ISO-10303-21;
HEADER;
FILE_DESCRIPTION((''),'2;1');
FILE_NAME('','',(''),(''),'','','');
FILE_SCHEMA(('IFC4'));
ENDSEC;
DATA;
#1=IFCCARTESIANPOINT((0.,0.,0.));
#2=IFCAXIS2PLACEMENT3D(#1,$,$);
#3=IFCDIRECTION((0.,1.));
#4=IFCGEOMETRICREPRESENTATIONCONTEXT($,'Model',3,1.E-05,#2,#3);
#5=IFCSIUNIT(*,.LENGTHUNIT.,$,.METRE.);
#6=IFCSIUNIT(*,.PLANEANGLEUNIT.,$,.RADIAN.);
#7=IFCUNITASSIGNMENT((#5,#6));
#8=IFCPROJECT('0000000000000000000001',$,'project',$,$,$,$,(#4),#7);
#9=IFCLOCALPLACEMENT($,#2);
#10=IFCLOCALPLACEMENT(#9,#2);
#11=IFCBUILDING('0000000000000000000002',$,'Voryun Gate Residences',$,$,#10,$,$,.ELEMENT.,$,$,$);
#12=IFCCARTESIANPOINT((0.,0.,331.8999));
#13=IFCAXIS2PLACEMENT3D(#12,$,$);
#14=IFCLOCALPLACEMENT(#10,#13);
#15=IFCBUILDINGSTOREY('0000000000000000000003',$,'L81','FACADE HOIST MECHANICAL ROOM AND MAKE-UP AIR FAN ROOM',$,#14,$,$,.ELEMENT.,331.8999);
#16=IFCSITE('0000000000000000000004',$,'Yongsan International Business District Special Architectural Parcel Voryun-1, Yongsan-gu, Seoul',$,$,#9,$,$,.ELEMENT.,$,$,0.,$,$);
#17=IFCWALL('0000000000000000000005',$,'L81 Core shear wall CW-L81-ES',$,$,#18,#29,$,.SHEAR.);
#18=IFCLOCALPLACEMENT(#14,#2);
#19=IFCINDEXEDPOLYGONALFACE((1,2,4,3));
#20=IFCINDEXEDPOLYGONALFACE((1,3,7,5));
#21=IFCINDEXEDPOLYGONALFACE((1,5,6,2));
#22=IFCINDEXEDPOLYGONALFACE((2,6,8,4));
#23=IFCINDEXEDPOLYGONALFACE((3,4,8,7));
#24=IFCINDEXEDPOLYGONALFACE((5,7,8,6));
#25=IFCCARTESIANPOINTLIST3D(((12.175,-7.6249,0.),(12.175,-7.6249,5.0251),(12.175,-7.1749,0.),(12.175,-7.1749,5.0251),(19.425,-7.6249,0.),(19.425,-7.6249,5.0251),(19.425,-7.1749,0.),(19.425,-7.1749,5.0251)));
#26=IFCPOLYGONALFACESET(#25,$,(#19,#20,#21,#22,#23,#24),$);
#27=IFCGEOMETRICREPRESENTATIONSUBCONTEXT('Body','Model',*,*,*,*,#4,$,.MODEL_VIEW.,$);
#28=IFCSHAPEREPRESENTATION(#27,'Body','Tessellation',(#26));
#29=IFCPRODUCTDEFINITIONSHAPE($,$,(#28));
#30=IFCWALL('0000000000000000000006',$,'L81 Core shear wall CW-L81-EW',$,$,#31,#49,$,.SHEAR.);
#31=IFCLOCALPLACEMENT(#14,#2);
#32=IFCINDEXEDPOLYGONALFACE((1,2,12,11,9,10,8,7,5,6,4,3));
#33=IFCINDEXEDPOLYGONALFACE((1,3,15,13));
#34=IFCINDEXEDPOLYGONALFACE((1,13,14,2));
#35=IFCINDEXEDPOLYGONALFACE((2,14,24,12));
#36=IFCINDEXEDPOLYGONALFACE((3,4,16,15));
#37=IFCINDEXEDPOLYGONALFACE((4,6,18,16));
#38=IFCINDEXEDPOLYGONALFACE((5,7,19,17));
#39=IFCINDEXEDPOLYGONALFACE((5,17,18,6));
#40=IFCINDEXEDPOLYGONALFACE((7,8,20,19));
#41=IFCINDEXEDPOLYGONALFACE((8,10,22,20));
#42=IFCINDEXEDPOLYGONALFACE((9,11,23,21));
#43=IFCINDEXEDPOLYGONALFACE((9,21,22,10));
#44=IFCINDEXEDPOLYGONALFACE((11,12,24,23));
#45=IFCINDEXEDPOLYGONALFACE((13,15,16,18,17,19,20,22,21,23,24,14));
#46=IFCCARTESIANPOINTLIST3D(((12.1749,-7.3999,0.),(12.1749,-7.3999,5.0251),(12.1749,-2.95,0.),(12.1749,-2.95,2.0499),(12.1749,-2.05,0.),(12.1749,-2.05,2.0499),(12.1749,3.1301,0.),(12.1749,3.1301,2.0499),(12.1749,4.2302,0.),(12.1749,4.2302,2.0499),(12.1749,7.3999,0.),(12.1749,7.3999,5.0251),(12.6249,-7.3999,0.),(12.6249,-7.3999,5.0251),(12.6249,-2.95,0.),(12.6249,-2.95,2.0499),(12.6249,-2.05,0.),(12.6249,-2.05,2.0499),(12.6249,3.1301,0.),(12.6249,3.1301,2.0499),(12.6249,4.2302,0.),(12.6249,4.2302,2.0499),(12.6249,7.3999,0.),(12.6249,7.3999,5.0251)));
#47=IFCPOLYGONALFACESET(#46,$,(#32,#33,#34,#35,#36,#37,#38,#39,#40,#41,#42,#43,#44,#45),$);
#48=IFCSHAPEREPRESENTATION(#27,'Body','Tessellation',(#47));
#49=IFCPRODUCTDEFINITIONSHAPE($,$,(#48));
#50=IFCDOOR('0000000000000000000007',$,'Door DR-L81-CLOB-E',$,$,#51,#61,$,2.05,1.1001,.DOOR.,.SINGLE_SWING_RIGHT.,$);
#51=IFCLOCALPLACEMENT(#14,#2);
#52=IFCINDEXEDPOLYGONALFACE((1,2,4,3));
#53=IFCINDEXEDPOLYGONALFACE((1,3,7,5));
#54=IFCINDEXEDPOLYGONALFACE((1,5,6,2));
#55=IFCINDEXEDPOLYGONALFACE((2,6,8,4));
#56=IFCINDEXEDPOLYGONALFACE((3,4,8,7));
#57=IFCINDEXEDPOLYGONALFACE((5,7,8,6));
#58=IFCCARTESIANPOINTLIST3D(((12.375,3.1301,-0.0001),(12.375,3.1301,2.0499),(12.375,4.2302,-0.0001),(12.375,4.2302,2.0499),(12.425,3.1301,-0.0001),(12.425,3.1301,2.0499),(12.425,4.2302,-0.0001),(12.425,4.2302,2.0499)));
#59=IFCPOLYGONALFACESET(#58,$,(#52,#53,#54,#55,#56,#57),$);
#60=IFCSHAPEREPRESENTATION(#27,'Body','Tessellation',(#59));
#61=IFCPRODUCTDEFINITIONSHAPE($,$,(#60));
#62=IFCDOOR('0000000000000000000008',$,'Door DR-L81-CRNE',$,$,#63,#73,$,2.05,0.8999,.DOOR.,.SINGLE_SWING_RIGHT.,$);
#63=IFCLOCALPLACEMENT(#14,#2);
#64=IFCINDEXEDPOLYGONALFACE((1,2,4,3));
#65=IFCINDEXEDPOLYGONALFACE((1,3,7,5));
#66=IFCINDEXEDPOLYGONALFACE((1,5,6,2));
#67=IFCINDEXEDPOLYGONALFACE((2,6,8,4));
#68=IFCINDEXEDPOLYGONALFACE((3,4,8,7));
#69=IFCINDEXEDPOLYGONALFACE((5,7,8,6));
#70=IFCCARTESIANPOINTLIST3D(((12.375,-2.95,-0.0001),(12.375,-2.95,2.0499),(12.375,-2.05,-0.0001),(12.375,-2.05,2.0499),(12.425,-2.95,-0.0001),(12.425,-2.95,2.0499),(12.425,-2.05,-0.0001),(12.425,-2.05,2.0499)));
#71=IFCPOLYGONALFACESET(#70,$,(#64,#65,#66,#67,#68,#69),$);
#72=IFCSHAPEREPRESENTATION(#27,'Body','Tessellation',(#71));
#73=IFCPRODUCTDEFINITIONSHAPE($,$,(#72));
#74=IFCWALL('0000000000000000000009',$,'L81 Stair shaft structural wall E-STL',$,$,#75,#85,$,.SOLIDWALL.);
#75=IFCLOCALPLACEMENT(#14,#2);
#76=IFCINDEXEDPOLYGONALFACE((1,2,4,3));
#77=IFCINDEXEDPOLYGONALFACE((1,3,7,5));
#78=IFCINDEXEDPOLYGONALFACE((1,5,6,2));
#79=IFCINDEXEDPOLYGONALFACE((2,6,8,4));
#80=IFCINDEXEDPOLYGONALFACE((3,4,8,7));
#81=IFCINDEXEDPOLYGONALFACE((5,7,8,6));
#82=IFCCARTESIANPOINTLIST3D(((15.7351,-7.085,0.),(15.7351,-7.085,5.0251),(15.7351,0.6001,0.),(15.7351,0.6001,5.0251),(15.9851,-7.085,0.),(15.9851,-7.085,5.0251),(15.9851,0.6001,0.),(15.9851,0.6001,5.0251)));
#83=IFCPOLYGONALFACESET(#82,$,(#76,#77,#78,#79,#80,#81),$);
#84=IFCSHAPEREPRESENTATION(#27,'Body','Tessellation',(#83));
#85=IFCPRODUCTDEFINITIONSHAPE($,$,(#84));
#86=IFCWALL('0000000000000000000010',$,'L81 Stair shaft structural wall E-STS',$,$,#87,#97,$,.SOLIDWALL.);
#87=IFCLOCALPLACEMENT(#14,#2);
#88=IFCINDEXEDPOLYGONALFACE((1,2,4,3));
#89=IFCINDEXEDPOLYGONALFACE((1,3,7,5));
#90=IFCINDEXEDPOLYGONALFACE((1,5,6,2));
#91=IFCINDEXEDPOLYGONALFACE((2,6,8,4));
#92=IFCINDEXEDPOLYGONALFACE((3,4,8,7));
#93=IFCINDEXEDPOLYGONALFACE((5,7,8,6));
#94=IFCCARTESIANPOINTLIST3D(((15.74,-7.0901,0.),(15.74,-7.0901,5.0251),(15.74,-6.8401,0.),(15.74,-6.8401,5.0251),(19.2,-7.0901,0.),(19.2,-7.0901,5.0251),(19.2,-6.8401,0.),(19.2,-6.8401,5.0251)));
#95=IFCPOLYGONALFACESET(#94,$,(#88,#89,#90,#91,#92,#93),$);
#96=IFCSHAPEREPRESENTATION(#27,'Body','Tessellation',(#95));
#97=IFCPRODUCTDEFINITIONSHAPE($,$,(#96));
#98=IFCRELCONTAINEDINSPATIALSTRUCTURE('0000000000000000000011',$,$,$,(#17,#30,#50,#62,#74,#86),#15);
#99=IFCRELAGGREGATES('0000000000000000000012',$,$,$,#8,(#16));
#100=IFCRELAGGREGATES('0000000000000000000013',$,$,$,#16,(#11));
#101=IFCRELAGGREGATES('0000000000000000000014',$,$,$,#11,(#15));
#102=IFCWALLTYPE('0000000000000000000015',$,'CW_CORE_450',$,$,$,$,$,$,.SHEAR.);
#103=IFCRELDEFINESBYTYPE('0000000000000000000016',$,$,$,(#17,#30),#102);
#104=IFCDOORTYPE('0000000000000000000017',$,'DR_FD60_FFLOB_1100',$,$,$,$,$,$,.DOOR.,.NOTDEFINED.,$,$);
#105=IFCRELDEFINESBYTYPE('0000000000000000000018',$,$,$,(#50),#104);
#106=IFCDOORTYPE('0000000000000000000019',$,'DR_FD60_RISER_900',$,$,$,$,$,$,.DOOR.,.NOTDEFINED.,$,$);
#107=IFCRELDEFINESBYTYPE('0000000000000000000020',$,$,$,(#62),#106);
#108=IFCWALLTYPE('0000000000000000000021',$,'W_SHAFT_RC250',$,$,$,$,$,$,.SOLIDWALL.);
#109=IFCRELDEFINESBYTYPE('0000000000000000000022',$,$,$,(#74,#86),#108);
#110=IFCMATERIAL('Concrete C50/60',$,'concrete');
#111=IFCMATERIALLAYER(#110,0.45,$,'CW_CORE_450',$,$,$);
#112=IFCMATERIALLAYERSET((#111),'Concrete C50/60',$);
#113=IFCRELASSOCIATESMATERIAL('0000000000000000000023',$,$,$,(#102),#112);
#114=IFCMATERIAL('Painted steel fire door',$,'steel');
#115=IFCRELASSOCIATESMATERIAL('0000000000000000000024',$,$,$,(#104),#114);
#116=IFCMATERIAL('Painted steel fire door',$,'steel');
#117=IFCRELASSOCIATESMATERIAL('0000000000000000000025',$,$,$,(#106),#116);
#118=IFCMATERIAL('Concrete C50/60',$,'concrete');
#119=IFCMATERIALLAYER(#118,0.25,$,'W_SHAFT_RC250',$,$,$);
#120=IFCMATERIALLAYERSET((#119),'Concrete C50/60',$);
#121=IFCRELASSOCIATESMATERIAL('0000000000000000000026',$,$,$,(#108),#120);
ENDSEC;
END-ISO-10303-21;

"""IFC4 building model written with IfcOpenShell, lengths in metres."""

from ifc_helpers import new_model, si_unit, direction, frame, frame_2d, origin, place, context, subcontext, project, spatial, rectangle, extrude, material, layer, layer_set, type_object, element, fill, save


model = new_model("IFC4")

# Units and contexts
model_context = context("Model", 3, precision=1e-05, world=origin(), true_north=direction((0.0, 1.0)))
body_context = subcontext(model_context, "Body", "Model", "MODEL_VIEW")
ifc_project = project(units=[si_unit("LENGTHUNIT", "METRE"), si_unit("PLANEANGLEUNIT", "RADIAN")], contexts=[model_context])

# Site, building, storey
site_placement = place(None, origin())
site = spatial("IfcSite", under=ifc_project, at=site_placement, Name="Yongsan International Business District Special Architectural Parcel Voryun-1, Yongsan-gu, Seoul", CompositionType="ELEMENT", RefElevation=0.0)
building_placement = place(site_placement, origin())
building = spatial("IfcBuilding", under=site, at=building_placement, Name="Voryun Gate Residences", CompositionType="ELEMENT")
storey_placement = place(building_placement, frame((0.0, 0.0, 331.8999)))
storey = spatial("IfcBuildingStorey", under=building, at=storey_placement, Name="L81", Description="FACADE HOIST MECHANICAL ROOM AND MAKE-UP AIR FAN ROOM", CompositionType="ELEMENT", Elevation=331.8999)

# Wall
ifc_material_1 = material(Name="Concrete C50/60", Category="concrete")
ifc_layer_1 = layer(ifc_material_1, 0.45, Name="CW_CORE_450")
ifc_layer_set_1 = layer_set([ifc_layer_1], Name="Concrete C50/60")
wall_type_1 = type_object("IfcWallType", Name="CW_CORE_450", PredefinedType="SHEAR", material=ifc_layer_set_1)
wall_1_placement = place(storey_placement, frame((12.175, -7.3999, 0.0), z_axis=(0.0, 0.0, 1.0), x_axis=(1.0, 0.0, 0.0)))
element("IfcWall", 1, at=wall_1_placement, inside=storey, type_object=wall_type_1, Name="L81 Core shear wall CW-L81-ES", PredefinedType="SHEAR", context=body_context, shape_type="SweptSolid", body=[
    extrude(rectangle(XDim=7.25, YDim=0.45, at=frame_2d((3.625, 0.0))), origin(), (0.0, 0.0, 1.0), 5.0251),
])

# Wall, openings, doors
wall_2_placement = place(storey_placement, frame((12.3999, -7.3999, 0.0), z_axis=(0.0, 0.0, 1.0), x_axis=(0.0, 1.0, 0.0)))
wall_2 = element("IfcWall", 2, at=wall_2_placement, inside=storey, type_object=wall_type_1, Name="L81 Core shear wall CW-L81-EW", PredefinedType="SHEAR", context=body_context, shape_type="SweptSolid", body=[
    extrude(rectangle(XDim=14.7998, YDim=0.45, at=frame_2d((7.3999, 0.0))), origin(), (0.0, 0.0, 1.0), 5.0251),
])
opening_1_placement = place(wall_2_placement, frame((10.53, 0.0, 0.0)))
opening_1 = element("IfcOpeningElement", 3, at=opening_1_placement, cuts=wall_2, PredefinedType="OPENING", context=body_context, shape_type="SweptSolid", body=[
    extrude(rectangle(XDim=1.1001, YDim=2.05, at=frame_2d((0.55, 1.0249))), frame((0.0, 0.2351, 0.0), z_axis=(0.0, -1.0, 0.0), x_axis=(1.0, 0.0, 0.0)), (0.0, 0.0, 1.0), 0.47),
])
opening_2_placement = place(wall_2_placement, frame((4.45, 0.0, 0.0)))
opening_2 = element("IfcOpeningElement", 4, at=opening_2_placement, cuts=wall_2, PredefinedType="OPENING", context=body_context, shape_type="SweptSolid", body=[
    extrude(rectangle(XDim=0.8999, YDim=2.05, at=frame_2d((0.45, 1.0249))), frame((0.0, 0.2351, 0.0), z_axis=(0.0, -1.0, 0.0), x_axis=(1.0, 0.0, 0.0)), (0.0, 0.0, 1.0), 0.47),
])
ifc_material_2 = material(Name="Painted steel fire door", Category="steel")
door_type_1 = type_object("IfcDoorType", Name="DR_FD60_FFLOB_1100", OperationType="NOTDEFINED", PredefinedType="DOOR", material=ifc_material_2)
door_1_placement = place(opening_1_placement, origin())
door_1 = element("IfcDoor", 5, at=door_1_placement, inside=storey, type_object=door_type_1, Name="Door DR-L81-CLOB-E", OperationType="SINGLE_SWING_RIGHT", OverallHeight=2.05, OverallWidth=1.1001, PredefinedType="DOOR", context=body_context, shape_type="SweptSolid", body=[
    extrude(rectangle(XDim=1.1001, YDim=2.05, at=frame_2d((0.55, 1.0249))), frame((0.0, 0.0249, 0.0), z_axis=(0.0, -1.0, 0.0), x_axis=(1.0, 0.0, 0.0)), (0.0, 0.0, 1.0), 0.05),
])
fill(opening_1, door_1)
ifc_material_3 = material(Name="Painted steel fire door", Category="steel")
door_type_2 = type_object("IfcDoorType", Name="DR_FD60_RISER_900", OperationType="NOTDEFINED", PredefinedType="DOOR", material=ifc_material_3)
door_2_placement = place(opening_2_placement, origin())
door_2 = element("IfcDoor", 6, at=door_2_placement, inside=storey, type_object=door_type_2, Name="Door DR-L81-CRNE", OperationType="SINGLE_SWING_RIGHT", OverallHeight=2.05, OverallWidth=0.8999, PredefinedType="DOOR", context=body_context, shape_type="SweptSolid", body=[
    extrude(rectangle(XDim=0.8999, YDim=2.05, at=frame_2d((0.45, 1.0249))), frame((0.0, 0.0249, 0.0), z_axis=(0.0, -1.0, 0.0), x_axis=(1.0, 0.0, 0.0)), (0.0, 0.0, 1.0), 0.05),
])
fill(opening_2, door_2)

# Walls
ifc_material_4 = material(Name="Concrete C50/60", Category="concrete")
ifc_layer_2 = layer(ifc_material_4, 0.25, Name="W_SHAFT_RC250")
ifc_layer_set_2 = layer_set([ifc_layer_2], Name="Concrete C50/60")
wall_type_2 = type_object("IfcWallType", Name="W_SHAFT_RC250", PredefinedType="SOLIDWALL", material=ifc_layer_set_2)
wall_3_placement = place(storey_placement, frame((15.8601, -7.085, 0.0), z_axis=(0.0, 0.0, 1.0), x_axis=(0.0, 1.0, 0.0)))
element("IfcWall", 7, at=wall_3_placement, inside=storey, type_object=wall_type_2, Name="L81 Stair shaft structural wall E-STL", PredefinedType="SOLIDWALL", context=body_context, shape_type="SweptSolid", body=[
    extrude(rectangle(XDim=7.6851, YDim=0.25, at=frame_2d((3.8425, 0.0))), origin(), (0.0, 0.0, 1.0), 5.0251),
])
wall_4_placement = place(storey_placement, frame((15.74, -6.9651, 0.0), z_axis=(0.0, 0.0, 1.0), x_axis=(1.0, 0.0, 0.0)))
element("IfcWall", 8, at=wall_4_placement, inside=storey, type_object=wall_type_2, Name="L81 Stair shaft structural wall E-STS", PredefinedType="SOLIDWALL", context=body_context, shape_type="SweptSolid", body=[
    extrude(rectangle(XDim=3.46, YDim=0.25, at=frame_2d((1.73, 0.0))), origin(), (0.0, 0.0, 1.0), 5.0251),
])

save(model, "model.ifc")
